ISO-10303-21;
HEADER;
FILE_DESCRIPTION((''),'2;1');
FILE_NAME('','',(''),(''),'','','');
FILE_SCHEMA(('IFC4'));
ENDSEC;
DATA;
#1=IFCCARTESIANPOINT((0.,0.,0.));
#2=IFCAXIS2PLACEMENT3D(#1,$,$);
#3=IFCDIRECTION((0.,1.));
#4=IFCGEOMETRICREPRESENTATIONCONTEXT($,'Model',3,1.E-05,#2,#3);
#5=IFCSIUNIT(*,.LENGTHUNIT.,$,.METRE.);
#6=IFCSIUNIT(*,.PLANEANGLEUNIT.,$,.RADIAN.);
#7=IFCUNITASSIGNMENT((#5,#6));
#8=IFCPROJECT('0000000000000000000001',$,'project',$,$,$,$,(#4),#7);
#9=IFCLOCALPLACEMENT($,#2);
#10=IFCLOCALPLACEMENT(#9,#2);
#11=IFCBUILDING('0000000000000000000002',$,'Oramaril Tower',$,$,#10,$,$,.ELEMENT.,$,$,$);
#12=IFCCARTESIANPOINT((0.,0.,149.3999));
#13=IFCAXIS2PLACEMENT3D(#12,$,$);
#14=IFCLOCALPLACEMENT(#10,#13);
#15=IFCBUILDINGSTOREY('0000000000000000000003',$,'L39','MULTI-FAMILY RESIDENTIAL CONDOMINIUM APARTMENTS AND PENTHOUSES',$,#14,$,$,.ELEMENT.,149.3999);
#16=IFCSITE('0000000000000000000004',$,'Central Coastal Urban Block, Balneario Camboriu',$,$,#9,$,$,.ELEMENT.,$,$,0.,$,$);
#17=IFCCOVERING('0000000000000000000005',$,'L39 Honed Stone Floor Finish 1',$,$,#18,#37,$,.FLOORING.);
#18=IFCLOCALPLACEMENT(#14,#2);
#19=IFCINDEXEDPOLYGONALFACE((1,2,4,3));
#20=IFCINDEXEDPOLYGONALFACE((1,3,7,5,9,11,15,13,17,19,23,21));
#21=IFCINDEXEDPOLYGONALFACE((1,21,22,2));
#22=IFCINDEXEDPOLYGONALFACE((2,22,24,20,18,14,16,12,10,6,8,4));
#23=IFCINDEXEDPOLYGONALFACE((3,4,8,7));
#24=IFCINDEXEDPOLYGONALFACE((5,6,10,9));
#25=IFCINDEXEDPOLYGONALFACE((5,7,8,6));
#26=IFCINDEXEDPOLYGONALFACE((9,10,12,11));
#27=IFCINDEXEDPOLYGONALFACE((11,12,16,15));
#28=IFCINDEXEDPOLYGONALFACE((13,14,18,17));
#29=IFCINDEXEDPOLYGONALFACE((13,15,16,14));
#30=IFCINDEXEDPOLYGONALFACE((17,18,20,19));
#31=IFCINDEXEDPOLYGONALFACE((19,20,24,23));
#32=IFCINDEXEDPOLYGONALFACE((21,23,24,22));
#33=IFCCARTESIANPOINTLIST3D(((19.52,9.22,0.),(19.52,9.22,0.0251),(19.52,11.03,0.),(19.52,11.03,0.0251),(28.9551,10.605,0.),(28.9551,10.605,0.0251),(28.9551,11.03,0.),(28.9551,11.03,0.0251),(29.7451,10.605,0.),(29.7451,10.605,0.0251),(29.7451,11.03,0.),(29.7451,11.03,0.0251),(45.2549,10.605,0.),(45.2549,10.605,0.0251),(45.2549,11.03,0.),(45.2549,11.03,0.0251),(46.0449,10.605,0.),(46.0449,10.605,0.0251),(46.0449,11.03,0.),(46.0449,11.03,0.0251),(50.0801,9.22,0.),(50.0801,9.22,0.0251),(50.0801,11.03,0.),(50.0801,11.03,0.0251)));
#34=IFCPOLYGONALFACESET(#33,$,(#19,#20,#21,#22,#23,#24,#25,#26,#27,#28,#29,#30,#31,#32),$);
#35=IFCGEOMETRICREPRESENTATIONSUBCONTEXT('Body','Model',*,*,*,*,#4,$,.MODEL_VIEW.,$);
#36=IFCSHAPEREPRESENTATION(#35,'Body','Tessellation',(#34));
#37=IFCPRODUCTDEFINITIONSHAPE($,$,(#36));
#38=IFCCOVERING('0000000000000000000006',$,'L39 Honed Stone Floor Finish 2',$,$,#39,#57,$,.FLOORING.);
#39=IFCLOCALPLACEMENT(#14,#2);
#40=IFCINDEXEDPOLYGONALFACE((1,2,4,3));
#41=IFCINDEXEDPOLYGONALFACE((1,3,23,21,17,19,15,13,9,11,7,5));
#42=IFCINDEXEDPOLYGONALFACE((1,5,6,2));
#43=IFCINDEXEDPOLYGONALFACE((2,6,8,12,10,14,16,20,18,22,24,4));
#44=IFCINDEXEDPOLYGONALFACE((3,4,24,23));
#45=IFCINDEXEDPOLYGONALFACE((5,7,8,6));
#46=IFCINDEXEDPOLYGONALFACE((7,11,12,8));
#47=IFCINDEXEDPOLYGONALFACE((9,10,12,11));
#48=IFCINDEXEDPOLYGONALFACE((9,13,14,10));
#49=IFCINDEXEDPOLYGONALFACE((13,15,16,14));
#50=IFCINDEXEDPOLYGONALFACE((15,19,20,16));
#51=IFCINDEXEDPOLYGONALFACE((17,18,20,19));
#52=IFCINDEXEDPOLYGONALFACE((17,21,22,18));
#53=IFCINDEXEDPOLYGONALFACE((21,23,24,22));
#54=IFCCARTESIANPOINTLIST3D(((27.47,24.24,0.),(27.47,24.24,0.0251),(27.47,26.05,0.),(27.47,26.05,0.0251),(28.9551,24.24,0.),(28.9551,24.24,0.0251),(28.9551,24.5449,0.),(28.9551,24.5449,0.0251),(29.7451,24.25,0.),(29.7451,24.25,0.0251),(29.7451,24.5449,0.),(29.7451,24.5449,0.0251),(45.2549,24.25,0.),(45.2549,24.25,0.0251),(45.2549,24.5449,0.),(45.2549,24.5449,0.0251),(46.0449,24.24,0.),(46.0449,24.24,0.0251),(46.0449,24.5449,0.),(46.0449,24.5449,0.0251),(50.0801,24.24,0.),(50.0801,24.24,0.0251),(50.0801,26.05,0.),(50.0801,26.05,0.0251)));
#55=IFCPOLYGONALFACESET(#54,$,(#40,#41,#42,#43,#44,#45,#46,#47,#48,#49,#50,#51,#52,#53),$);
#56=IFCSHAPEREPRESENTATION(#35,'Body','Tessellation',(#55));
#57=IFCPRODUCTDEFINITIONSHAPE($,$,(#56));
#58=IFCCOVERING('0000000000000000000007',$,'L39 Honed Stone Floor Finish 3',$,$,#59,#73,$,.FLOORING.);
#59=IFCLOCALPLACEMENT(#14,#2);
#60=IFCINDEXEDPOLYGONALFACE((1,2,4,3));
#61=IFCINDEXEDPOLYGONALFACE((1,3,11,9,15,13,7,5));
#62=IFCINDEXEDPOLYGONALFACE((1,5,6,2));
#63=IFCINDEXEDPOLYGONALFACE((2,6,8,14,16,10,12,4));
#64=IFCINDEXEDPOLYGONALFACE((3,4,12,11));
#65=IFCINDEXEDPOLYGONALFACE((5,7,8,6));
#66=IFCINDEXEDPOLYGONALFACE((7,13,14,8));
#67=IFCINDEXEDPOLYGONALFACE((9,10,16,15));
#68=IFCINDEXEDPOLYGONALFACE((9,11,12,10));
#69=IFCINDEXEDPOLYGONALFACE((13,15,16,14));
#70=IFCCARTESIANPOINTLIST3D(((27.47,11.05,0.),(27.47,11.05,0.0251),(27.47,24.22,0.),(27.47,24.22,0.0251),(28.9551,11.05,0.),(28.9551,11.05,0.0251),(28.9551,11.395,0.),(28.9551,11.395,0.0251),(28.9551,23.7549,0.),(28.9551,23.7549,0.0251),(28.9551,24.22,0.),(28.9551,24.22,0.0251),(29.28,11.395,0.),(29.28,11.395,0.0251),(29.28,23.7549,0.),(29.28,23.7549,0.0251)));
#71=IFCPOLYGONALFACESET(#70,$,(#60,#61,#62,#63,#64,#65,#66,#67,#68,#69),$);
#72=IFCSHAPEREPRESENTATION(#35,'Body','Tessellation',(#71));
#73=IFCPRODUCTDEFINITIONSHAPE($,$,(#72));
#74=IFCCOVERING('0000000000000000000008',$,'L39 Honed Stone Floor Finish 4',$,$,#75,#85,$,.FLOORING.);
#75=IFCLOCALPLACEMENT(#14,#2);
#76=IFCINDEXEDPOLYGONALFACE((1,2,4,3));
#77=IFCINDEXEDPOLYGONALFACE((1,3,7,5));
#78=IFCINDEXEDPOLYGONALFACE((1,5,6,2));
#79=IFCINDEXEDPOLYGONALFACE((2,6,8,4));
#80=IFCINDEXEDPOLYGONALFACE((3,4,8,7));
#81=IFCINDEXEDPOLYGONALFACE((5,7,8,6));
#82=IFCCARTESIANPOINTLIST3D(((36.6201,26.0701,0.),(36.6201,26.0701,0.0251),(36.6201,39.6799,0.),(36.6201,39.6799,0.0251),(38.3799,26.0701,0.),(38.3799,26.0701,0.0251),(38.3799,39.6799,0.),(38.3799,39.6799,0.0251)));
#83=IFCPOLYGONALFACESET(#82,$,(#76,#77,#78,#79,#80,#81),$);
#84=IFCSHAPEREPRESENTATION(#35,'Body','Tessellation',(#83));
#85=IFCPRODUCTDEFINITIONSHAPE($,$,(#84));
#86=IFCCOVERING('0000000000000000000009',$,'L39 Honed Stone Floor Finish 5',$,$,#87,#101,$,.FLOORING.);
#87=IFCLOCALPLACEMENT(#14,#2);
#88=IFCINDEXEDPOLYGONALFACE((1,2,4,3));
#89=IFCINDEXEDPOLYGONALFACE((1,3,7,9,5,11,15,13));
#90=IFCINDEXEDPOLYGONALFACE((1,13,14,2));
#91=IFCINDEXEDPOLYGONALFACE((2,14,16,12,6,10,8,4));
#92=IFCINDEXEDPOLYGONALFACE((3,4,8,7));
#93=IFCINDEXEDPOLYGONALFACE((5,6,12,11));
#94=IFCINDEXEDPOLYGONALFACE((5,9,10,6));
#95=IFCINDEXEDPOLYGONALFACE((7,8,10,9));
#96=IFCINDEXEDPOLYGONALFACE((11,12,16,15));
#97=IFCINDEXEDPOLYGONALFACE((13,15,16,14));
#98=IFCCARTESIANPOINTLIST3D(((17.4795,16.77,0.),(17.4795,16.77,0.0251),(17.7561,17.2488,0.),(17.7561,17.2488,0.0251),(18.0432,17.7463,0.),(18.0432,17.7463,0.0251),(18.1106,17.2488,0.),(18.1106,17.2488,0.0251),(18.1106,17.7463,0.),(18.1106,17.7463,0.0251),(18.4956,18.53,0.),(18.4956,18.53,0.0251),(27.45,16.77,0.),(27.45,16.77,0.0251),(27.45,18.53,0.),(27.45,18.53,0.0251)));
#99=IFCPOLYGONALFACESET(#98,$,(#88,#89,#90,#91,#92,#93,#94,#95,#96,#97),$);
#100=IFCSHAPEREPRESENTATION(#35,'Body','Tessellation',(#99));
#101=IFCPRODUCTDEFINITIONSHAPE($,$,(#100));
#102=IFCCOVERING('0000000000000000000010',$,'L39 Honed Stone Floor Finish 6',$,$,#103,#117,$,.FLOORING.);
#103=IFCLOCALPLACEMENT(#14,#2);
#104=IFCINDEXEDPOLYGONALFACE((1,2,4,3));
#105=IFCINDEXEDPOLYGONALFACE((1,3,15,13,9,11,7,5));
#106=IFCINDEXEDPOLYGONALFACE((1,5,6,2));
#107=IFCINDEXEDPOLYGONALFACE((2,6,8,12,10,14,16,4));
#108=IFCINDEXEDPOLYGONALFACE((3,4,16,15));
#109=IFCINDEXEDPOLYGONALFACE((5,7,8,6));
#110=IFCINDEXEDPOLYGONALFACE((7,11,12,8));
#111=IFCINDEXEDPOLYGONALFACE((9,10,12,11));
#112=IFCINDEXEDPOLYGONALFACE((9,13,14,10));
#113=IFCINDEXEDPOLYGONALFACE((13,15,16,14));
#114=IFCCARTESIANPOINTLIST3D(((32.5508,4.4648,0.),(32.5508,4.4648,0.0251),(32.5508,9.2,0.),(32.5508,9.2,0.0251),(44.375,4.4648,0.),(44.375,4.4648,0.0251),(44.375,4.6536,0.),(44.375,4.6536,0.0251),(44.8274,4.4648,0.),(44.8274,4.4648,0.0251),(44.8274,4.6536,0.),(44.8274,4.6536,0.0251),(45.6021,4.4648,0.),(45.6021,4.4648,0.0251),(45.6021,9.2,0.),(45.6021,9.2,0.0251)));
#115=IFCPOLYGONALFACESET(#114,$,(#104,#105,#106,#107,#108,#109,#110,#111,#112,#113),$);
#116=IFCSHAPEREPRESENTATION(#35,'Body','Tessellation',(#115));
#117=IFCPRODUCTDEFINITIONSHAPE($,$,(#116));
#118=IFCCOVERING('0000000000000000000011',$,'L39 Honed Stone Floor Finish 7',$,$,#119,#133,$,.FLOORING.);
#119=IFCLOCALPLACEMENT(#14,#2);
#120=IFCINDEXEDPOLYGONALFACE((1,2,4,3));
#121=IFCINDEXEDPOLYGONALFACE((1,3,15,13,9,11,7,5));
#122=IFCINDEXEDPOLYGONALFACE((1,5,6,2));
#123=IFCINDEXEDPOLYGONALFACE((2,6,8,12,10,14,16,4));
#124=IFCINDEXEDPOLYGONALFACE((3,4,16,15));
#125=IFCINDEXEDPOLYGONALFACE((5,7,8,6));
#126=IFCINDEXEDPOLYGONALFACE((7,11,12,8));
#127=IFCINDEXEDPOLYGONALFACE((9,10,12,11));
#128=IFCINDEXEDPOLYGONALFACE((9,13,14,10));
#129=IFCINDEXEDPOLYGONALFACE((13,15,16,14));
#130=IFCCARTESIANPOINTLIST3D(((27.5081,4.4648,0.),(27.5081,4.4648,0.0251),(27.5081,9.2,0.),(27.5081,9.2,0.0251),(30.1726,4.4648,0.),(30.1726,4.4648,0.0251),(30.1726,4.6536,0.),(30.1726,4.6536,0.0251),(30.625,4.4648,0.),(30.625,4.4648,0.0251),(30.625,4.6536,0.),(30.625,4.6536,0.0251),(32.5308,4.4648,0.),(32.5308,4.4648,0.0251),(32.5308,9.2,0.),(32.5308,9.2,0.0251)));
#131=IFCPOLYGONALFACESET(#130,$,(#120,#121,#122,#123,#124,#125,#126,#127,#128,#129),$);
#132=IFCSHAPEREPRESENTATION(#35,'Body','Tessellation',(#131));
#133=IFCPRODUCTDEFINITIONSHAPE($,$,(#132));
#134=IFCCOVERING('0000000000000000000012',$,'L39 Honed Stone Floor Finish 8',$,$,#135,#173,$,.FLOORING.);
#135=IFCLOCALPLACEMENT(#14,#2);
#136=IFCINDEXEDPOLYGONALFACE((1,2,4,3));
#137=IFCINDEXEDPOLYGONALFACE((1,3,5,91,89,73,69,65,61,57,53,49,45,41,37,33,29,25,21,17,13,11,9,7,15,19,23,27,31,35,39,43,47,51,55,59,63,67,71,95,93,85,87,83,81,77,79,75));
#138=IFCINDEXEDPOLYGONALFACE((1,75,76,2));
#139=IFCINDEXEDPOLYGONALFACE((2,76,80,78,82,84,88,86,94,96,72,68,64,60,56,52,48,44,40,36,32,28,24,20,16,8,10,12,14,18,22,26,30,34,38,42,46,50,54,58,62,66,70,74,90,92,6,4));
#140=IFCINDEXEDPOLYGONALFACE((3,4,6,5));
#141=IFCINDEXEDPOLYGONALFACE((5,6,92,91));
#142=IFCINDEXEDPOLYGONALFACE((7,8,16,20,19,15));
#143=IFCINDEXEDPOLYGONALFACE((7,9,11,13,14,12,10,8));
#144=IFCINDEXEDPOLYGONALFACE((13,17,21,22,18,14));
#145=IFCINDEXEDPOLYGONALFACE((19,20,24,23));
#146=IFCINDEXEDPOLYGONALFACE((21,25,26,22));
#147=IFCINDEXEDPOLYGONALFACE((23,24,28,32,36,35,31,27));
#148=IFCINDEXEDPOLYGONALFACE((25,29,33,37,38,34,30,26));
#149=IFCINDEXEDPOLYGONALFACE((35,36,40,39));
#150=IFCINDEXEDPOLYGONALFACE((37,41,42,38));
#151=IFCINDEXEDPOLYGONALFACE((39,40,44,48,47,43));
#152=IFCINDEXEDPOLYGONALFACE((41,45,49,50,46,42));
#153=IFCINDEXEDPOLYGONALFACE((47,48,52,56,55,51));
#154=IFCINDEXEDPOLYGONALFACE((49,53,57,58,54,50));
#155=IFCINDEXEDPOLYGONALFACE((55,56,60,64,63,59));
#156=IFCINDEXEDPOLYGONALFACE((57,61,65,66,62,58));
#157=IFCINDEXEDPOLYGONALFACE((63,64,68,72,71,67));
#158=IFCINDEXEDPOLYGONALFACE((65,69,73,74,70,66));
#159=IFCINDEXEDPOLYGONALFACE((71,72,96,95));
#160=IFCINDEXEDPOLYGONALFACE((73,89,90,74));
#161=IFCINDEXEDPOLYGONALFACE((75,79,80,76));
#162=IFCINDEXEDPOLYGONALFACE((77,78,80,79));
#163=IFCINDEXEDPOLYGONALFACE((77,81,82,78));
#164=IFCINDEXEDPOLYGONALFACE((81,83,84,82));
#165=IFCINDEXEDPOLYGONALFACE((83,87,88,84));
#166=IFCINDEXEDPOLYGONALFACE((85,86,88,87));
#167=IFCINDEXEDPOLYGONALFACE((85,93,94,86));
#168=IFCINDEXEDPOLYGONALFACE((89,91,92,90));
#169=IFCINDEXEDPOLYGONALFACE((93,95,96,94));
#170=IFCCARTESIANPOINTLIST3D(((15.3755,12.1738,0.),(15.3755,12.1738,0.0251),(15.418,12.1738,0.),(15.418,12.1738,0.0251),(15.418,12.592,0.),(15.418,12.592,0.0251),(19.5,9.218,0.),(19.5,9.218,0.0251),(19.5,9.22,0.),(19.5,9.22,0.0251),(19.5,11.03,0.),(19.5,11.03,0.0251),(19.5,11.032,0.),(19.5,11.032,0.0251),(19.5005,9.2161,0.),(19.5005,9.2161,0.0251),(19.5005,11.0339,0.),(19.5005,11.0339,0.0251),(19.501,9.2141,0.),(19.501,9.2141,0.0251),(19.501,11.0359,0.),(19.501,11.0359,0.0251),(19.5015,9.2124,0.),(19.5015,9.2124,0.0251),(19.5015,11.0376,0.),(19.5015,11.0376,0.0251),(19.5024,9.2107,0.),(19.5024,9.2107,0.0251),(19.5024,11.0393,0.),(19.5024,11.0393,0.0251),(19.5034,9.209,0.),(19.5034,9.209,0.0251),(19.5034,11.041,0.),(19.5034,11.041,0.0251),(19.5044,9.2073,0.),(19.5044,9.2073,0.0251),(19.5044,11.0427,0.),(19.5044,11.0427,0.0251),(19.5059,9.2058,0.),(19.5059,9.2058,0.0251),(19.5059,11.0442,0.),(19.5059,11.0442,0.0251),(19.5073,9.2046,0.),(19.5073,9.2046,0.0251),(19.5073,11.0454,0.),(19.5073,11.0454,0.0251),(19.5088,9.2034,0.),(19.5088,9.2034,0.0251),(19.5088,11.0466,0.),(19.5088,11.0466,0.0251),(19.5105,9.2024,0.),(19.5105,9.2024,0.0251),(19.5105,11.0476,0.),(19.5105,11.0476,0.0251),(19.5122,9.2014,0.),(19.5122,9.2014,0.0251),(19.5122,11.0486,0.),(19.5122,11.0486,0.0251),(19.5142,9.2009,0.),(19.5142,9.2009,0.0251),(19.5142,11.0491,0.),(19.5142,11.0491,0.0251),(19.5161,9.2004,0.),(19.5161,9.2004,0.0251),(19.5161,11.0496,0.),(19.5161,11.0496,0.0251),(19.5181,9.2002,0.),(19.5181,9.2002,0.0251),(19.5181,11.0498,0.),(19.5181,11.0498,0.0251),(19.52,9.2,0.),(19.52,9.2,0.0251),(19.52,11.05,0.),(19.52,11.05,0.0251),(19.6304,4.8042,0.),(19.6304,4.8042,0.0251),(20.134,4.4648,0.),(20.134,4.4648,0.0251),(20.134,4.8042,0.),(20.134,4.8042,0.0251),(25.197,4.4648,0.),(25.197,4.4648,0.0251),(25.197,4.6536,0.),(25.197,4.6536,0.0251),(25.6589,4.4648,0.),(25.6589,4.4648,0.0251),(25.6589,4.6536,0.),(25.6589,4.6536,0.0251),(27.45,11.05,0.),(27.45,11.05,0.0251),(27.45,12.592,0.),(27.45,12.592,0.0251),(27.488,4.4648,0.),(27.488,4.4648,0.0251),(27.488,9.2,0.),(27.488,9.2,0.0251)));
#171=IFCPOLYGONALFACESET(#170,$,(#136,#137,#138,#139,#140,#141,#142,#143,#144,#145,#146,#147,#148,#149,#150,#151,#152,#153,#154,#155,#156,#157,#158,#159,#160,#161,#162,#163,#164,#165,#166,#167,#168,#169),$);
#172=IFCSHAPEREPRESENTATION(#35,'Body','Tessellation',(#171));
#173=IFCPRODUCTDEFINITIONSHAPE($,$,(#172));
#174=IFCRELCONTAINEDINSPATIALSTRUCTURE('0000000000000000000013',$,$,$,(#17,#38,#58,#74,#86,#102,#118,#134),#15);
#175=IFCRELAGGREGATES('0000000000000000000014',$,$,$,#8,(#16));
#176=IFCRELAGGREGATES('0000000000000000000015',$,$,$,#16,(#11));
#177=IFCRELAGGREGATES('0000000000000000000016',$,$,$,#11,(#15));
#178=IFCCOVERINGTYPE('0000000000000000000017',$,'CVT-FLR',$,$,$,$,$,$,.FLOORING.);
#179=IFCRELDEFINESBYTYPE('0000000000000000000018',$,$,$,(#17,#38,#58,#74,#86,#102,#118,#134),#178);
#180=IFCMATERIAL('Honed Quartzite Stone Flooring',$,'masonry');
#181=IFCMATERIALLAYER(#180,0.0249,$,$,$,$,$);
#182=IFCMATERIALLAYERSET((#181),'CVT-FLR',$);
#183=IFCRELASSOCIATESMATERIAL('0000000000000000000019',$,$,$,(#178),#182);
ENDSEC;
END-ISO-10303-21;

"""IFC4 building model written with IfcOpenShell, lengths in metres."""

from ifc_helpers import new_model, si_unit, direction, frame, origin, place, context, subcontext, project, spatial, polyline, outline, extrude, material, layer, layer_set, type_object, element, save


model = new_model("IFC4")

# Units and contexts
model_context = context("Model", 3, precision=1e-05, world=origin(), true_north=direction((0.0, 1.0)))
body_context = subcontext(model_context, "Body", "Model", "MODEL_VIEW")
ifc_project = project(units=[si_unit("LENGTHUNIT", "METRE"), si_unit("PLANEANGLEUNIT", "RADIAN")], contexts=[model_context])

# Site, building, storey
site_placement = place(None, origin())
site = spatial("IfcSite", under=ifc_project, at=site_placement, Name="Central Coastal Urban Block, Balneario Camboriu", CompositionType="ELEMENT", RefElevation=0.0)
building_placement = place(site_placement, origin())
building = spatial("IfcBuilding", under=site, at=building_placement, Name="Oramaril Tower", CompositionType="ELEMENT")
storey_placement = place(building_placement, frame((0.0, 0.0, 149.3999)))
storey = spatial("IfcBuildingStorey", under=building, at=storey_placement, Name="L39", Description="MULTI-FAMILY RESIDENTIAL CONDOMINIUM APARTMENTS AND PENTHOUSES", CompositionType="ELEMENT", Elevation=149.3999)

# Coverings
ifc_material_1 = material(Name="Honed Quartzite Stone Flooring", Category="masonry")
ifc_layer_1 = layer(ifc_material_1, 0.0249)
ifc_layer_set_1 = layer_set([ifc_layer_1], Name="CVT-FLR")
covering_type_1 = type_object("IfcCoveringType", Name="CVT-FLR", PredefinedType="FLOORING", material=ifc_layer_set_1)
covering_1_placement = place(storey_placement, origin())
element("IfcCovering", 1, at=covering_1_placement, inside=storey, type_object=covering_type_1, Name="L39 Honed Stone Floor Finish 1", PredefinedType="FLOORING", context=body_context, shape_type="SweptSolid", body=[
    extrude(outline(polyline([(28.9551, 10.605), (29.7451, 10.605), (29.7451, 11.03), (45.2549, 11.03), (45.2549, 10.605), (46.0449, 10.605), (46.0449, 11.03), (50.0801, 11.03), (50.0801, 9.22), (19.52, 9.22), (19.52, 11.03), (28.9551, 11.03), (28.9551, 10.605)])), origin(), (0.0, 0.0, 1.0), 0.0251),
])
covering_2_placement = place(storey_placement, origin())
element("IfcCovering", 2, at=covering_2_placement, inside=storey, type_object=covering_type_1, Name="L39 Honed Stone Floor Finish 2", PredefinedType="FLOORING", context=body_context, shape_type="SweptSolid", body=[
    extrude(outline(polyline([(50.0801, 24.24), (46.0449, 24.24), (46.0449, 24.5449), (45.2549, 24.5449), (45.2549, 24.25), (29.7451, 24.25), (29.7451, 24.5449), (28.9551, 24.5449), (28.9551, 24.24), (27.47, 24.24), (27.47, 26.05), (50.0801, 26.05), (50.0801, 24.24)])), origin(), (0.0, 0.0, 1.0), 0.0251),
])
covering_3_placement = place(storey_placement, origin())
element("IfcCovering", 3, at=covering_3_placement, inside=storey, type_object=covering_type_1, Name="L39 Honed Stone Floor Finish 3", PredefinedType="FLOORING", context=body_context, shape_type="SweptSolid", body=[
    extrude(outline(polyline([(28.9551, 23.7549), (29.28, 23.7549), (29.28, 11.395), (28.9551, 11.395), (28.9551, 11.05), (27.47, 11.05), (27.47, 24.22), (28.9551, 24.22), (28.9551, 23.7549)])), origin(), (0.0, 0.0, 1.0), 0.0251),
])
covering_4_placement = place(storey_placement, origin())
element("IfcCovering", 4, at=covering_4_placement, inside=storey, type_object=covering_type_1, Name="L39 Honed Stone Floor Finish 4", PredefinedType="FLOORING", context=body_context, shape_type="SweptSolid", body=[
    extrude(outline(polyline([(38.3799, 26.0701), (36.6201, 26.0701), (36.6201, 39.6799), (38.3799, 39.6799), (38.3799, 26.0701)])), origin(), (0.0, 0.0, 1.0), 0.0251),
])
covering_5_placement = place(storey_placement, origin())
element("IfcCovering", 5, at=covering_5_placement, inside=storey, type_object=covering_type_1, Name="L39 Honed Stone Floor Finish 5", PredefinedType="FLOORING", context=body_context, shape_type="SweptSolid", body=[
    extrude(outline(polyline([(17.4795, 16.77), (17.7561, 17.2488), (18.1106, 17.2488), (18.1106, 17.7463), (18.0432, 17.7463), (18.4956, 18.53), (27.45, 18.53), (27.45, 16.77), (17.4795, 16.77)])), origin(), (0.0, 0.0, 1.0), 0.0251),
])
covering_6_placement = place(storey_placement, origin())
element("IfcCovering", 6, at=covering_6_placement, inside=storey, type_object=covering_type_1, Name="L39 Honed Stone Floor Finish 6", PredefinedType="FLOORING", context=body_context, shape_type="SweptSolid", body=[
    extrude(outline(polyline([(44.8274, 4.6536), (44.375, 4.6536), (44.375, 4.4648), (32.5508, 4.4648), (32.5508, 9.2), (45.6021, 9.2), (45.6021, 4.4648), (44.8274, 4.4648), (44.8274, 4.6536)])), origin(), (0.0, 0.0, 1.0), 0.0251),
])
covering_7_placement = place(storey_placement, origin())
element("IfcCovering", 7, at=covering_7_placement, inside=storey, type_object=covering_type_1, Name="L39 Honed Stone Floor Finish 7", PredefinedType="FLOORING", context=body_context, shape_type="SweptSolid", body=[
    extrude(outline(polyline([(30.625, 4.6536), (30.1726, 4.6536), (30.1726, 4.4648), (27.5081, 4.4648), (27.5081, 9.2), (32.5308, 9.2), (32.5308, 4.4648), (30.625, 4.4648), (30.625, 4.6536)])), origin(), (0.0, 0.0, 1.0), 0.0251),
])
covering_8_placement = place(storey_placement, origin())
element("IfcCovering", 8, at=covering_8_placement, inside=storey, type_object=covering_type_1, Name="L39 Honed Stone Floor Finish 8", PredefinedType="FLOORING", context=body_context, shape_type="SweptSolid", body=[
    extrude(outline(polyline([(25.6589, 4.4648), (25.6589, 4.6536), (25.197, 4.6536), (25.197, 4.4648), (20.134, 4.4648), (20.134, 4.8042), (19.6304, 4.8042), (15.3755, 12.1738), (15.418, 12.1738), (15.418, 12.592), (27.45, 12.592), (27.45, 11.05), (19.52, 11.05), (19.5181, 11.0498), (19.5161, 11.0496), (19.5142, 11.0491), (19.5122, 11.0486), (19.5105, 11.0476), (19.5088, 11.0466), (19.5073, 11.0454), (19.5059, 11.0442), (19.5044, 11.0427), (19.5034, 11.041), (19.5024, 11.0393), (19.5015, 11.0376), (19.501, 11.0359), (19.5005, 11.0339), (19.5, 11.032), (19.5, 11.03), (19.5, 9.22), (19.5, 9.218), (19.5005, 9.2161), (19.501, 9.2141), (19.5015, 9.2124), (19.5024, 9.2107), (19.5034, 9.209), (19.5044, 9.2073), (19.5059, 9.2058), (19.5073, 9.2046), (19.5088, 9.2034), (19.5105, 9.2024), (19.5122, 9.2014), (19.5142, 9.2009), (19.5161, 9.2004), (19.5181, 9.2002), (19.52, 9.2), (27.488, 9.2), (27.488, 4.4648), (25.6589, 4.4648)])), origin(), (0.0, 0.0, 1.0), 0.0251),
])

save(model, "model.ifc")
